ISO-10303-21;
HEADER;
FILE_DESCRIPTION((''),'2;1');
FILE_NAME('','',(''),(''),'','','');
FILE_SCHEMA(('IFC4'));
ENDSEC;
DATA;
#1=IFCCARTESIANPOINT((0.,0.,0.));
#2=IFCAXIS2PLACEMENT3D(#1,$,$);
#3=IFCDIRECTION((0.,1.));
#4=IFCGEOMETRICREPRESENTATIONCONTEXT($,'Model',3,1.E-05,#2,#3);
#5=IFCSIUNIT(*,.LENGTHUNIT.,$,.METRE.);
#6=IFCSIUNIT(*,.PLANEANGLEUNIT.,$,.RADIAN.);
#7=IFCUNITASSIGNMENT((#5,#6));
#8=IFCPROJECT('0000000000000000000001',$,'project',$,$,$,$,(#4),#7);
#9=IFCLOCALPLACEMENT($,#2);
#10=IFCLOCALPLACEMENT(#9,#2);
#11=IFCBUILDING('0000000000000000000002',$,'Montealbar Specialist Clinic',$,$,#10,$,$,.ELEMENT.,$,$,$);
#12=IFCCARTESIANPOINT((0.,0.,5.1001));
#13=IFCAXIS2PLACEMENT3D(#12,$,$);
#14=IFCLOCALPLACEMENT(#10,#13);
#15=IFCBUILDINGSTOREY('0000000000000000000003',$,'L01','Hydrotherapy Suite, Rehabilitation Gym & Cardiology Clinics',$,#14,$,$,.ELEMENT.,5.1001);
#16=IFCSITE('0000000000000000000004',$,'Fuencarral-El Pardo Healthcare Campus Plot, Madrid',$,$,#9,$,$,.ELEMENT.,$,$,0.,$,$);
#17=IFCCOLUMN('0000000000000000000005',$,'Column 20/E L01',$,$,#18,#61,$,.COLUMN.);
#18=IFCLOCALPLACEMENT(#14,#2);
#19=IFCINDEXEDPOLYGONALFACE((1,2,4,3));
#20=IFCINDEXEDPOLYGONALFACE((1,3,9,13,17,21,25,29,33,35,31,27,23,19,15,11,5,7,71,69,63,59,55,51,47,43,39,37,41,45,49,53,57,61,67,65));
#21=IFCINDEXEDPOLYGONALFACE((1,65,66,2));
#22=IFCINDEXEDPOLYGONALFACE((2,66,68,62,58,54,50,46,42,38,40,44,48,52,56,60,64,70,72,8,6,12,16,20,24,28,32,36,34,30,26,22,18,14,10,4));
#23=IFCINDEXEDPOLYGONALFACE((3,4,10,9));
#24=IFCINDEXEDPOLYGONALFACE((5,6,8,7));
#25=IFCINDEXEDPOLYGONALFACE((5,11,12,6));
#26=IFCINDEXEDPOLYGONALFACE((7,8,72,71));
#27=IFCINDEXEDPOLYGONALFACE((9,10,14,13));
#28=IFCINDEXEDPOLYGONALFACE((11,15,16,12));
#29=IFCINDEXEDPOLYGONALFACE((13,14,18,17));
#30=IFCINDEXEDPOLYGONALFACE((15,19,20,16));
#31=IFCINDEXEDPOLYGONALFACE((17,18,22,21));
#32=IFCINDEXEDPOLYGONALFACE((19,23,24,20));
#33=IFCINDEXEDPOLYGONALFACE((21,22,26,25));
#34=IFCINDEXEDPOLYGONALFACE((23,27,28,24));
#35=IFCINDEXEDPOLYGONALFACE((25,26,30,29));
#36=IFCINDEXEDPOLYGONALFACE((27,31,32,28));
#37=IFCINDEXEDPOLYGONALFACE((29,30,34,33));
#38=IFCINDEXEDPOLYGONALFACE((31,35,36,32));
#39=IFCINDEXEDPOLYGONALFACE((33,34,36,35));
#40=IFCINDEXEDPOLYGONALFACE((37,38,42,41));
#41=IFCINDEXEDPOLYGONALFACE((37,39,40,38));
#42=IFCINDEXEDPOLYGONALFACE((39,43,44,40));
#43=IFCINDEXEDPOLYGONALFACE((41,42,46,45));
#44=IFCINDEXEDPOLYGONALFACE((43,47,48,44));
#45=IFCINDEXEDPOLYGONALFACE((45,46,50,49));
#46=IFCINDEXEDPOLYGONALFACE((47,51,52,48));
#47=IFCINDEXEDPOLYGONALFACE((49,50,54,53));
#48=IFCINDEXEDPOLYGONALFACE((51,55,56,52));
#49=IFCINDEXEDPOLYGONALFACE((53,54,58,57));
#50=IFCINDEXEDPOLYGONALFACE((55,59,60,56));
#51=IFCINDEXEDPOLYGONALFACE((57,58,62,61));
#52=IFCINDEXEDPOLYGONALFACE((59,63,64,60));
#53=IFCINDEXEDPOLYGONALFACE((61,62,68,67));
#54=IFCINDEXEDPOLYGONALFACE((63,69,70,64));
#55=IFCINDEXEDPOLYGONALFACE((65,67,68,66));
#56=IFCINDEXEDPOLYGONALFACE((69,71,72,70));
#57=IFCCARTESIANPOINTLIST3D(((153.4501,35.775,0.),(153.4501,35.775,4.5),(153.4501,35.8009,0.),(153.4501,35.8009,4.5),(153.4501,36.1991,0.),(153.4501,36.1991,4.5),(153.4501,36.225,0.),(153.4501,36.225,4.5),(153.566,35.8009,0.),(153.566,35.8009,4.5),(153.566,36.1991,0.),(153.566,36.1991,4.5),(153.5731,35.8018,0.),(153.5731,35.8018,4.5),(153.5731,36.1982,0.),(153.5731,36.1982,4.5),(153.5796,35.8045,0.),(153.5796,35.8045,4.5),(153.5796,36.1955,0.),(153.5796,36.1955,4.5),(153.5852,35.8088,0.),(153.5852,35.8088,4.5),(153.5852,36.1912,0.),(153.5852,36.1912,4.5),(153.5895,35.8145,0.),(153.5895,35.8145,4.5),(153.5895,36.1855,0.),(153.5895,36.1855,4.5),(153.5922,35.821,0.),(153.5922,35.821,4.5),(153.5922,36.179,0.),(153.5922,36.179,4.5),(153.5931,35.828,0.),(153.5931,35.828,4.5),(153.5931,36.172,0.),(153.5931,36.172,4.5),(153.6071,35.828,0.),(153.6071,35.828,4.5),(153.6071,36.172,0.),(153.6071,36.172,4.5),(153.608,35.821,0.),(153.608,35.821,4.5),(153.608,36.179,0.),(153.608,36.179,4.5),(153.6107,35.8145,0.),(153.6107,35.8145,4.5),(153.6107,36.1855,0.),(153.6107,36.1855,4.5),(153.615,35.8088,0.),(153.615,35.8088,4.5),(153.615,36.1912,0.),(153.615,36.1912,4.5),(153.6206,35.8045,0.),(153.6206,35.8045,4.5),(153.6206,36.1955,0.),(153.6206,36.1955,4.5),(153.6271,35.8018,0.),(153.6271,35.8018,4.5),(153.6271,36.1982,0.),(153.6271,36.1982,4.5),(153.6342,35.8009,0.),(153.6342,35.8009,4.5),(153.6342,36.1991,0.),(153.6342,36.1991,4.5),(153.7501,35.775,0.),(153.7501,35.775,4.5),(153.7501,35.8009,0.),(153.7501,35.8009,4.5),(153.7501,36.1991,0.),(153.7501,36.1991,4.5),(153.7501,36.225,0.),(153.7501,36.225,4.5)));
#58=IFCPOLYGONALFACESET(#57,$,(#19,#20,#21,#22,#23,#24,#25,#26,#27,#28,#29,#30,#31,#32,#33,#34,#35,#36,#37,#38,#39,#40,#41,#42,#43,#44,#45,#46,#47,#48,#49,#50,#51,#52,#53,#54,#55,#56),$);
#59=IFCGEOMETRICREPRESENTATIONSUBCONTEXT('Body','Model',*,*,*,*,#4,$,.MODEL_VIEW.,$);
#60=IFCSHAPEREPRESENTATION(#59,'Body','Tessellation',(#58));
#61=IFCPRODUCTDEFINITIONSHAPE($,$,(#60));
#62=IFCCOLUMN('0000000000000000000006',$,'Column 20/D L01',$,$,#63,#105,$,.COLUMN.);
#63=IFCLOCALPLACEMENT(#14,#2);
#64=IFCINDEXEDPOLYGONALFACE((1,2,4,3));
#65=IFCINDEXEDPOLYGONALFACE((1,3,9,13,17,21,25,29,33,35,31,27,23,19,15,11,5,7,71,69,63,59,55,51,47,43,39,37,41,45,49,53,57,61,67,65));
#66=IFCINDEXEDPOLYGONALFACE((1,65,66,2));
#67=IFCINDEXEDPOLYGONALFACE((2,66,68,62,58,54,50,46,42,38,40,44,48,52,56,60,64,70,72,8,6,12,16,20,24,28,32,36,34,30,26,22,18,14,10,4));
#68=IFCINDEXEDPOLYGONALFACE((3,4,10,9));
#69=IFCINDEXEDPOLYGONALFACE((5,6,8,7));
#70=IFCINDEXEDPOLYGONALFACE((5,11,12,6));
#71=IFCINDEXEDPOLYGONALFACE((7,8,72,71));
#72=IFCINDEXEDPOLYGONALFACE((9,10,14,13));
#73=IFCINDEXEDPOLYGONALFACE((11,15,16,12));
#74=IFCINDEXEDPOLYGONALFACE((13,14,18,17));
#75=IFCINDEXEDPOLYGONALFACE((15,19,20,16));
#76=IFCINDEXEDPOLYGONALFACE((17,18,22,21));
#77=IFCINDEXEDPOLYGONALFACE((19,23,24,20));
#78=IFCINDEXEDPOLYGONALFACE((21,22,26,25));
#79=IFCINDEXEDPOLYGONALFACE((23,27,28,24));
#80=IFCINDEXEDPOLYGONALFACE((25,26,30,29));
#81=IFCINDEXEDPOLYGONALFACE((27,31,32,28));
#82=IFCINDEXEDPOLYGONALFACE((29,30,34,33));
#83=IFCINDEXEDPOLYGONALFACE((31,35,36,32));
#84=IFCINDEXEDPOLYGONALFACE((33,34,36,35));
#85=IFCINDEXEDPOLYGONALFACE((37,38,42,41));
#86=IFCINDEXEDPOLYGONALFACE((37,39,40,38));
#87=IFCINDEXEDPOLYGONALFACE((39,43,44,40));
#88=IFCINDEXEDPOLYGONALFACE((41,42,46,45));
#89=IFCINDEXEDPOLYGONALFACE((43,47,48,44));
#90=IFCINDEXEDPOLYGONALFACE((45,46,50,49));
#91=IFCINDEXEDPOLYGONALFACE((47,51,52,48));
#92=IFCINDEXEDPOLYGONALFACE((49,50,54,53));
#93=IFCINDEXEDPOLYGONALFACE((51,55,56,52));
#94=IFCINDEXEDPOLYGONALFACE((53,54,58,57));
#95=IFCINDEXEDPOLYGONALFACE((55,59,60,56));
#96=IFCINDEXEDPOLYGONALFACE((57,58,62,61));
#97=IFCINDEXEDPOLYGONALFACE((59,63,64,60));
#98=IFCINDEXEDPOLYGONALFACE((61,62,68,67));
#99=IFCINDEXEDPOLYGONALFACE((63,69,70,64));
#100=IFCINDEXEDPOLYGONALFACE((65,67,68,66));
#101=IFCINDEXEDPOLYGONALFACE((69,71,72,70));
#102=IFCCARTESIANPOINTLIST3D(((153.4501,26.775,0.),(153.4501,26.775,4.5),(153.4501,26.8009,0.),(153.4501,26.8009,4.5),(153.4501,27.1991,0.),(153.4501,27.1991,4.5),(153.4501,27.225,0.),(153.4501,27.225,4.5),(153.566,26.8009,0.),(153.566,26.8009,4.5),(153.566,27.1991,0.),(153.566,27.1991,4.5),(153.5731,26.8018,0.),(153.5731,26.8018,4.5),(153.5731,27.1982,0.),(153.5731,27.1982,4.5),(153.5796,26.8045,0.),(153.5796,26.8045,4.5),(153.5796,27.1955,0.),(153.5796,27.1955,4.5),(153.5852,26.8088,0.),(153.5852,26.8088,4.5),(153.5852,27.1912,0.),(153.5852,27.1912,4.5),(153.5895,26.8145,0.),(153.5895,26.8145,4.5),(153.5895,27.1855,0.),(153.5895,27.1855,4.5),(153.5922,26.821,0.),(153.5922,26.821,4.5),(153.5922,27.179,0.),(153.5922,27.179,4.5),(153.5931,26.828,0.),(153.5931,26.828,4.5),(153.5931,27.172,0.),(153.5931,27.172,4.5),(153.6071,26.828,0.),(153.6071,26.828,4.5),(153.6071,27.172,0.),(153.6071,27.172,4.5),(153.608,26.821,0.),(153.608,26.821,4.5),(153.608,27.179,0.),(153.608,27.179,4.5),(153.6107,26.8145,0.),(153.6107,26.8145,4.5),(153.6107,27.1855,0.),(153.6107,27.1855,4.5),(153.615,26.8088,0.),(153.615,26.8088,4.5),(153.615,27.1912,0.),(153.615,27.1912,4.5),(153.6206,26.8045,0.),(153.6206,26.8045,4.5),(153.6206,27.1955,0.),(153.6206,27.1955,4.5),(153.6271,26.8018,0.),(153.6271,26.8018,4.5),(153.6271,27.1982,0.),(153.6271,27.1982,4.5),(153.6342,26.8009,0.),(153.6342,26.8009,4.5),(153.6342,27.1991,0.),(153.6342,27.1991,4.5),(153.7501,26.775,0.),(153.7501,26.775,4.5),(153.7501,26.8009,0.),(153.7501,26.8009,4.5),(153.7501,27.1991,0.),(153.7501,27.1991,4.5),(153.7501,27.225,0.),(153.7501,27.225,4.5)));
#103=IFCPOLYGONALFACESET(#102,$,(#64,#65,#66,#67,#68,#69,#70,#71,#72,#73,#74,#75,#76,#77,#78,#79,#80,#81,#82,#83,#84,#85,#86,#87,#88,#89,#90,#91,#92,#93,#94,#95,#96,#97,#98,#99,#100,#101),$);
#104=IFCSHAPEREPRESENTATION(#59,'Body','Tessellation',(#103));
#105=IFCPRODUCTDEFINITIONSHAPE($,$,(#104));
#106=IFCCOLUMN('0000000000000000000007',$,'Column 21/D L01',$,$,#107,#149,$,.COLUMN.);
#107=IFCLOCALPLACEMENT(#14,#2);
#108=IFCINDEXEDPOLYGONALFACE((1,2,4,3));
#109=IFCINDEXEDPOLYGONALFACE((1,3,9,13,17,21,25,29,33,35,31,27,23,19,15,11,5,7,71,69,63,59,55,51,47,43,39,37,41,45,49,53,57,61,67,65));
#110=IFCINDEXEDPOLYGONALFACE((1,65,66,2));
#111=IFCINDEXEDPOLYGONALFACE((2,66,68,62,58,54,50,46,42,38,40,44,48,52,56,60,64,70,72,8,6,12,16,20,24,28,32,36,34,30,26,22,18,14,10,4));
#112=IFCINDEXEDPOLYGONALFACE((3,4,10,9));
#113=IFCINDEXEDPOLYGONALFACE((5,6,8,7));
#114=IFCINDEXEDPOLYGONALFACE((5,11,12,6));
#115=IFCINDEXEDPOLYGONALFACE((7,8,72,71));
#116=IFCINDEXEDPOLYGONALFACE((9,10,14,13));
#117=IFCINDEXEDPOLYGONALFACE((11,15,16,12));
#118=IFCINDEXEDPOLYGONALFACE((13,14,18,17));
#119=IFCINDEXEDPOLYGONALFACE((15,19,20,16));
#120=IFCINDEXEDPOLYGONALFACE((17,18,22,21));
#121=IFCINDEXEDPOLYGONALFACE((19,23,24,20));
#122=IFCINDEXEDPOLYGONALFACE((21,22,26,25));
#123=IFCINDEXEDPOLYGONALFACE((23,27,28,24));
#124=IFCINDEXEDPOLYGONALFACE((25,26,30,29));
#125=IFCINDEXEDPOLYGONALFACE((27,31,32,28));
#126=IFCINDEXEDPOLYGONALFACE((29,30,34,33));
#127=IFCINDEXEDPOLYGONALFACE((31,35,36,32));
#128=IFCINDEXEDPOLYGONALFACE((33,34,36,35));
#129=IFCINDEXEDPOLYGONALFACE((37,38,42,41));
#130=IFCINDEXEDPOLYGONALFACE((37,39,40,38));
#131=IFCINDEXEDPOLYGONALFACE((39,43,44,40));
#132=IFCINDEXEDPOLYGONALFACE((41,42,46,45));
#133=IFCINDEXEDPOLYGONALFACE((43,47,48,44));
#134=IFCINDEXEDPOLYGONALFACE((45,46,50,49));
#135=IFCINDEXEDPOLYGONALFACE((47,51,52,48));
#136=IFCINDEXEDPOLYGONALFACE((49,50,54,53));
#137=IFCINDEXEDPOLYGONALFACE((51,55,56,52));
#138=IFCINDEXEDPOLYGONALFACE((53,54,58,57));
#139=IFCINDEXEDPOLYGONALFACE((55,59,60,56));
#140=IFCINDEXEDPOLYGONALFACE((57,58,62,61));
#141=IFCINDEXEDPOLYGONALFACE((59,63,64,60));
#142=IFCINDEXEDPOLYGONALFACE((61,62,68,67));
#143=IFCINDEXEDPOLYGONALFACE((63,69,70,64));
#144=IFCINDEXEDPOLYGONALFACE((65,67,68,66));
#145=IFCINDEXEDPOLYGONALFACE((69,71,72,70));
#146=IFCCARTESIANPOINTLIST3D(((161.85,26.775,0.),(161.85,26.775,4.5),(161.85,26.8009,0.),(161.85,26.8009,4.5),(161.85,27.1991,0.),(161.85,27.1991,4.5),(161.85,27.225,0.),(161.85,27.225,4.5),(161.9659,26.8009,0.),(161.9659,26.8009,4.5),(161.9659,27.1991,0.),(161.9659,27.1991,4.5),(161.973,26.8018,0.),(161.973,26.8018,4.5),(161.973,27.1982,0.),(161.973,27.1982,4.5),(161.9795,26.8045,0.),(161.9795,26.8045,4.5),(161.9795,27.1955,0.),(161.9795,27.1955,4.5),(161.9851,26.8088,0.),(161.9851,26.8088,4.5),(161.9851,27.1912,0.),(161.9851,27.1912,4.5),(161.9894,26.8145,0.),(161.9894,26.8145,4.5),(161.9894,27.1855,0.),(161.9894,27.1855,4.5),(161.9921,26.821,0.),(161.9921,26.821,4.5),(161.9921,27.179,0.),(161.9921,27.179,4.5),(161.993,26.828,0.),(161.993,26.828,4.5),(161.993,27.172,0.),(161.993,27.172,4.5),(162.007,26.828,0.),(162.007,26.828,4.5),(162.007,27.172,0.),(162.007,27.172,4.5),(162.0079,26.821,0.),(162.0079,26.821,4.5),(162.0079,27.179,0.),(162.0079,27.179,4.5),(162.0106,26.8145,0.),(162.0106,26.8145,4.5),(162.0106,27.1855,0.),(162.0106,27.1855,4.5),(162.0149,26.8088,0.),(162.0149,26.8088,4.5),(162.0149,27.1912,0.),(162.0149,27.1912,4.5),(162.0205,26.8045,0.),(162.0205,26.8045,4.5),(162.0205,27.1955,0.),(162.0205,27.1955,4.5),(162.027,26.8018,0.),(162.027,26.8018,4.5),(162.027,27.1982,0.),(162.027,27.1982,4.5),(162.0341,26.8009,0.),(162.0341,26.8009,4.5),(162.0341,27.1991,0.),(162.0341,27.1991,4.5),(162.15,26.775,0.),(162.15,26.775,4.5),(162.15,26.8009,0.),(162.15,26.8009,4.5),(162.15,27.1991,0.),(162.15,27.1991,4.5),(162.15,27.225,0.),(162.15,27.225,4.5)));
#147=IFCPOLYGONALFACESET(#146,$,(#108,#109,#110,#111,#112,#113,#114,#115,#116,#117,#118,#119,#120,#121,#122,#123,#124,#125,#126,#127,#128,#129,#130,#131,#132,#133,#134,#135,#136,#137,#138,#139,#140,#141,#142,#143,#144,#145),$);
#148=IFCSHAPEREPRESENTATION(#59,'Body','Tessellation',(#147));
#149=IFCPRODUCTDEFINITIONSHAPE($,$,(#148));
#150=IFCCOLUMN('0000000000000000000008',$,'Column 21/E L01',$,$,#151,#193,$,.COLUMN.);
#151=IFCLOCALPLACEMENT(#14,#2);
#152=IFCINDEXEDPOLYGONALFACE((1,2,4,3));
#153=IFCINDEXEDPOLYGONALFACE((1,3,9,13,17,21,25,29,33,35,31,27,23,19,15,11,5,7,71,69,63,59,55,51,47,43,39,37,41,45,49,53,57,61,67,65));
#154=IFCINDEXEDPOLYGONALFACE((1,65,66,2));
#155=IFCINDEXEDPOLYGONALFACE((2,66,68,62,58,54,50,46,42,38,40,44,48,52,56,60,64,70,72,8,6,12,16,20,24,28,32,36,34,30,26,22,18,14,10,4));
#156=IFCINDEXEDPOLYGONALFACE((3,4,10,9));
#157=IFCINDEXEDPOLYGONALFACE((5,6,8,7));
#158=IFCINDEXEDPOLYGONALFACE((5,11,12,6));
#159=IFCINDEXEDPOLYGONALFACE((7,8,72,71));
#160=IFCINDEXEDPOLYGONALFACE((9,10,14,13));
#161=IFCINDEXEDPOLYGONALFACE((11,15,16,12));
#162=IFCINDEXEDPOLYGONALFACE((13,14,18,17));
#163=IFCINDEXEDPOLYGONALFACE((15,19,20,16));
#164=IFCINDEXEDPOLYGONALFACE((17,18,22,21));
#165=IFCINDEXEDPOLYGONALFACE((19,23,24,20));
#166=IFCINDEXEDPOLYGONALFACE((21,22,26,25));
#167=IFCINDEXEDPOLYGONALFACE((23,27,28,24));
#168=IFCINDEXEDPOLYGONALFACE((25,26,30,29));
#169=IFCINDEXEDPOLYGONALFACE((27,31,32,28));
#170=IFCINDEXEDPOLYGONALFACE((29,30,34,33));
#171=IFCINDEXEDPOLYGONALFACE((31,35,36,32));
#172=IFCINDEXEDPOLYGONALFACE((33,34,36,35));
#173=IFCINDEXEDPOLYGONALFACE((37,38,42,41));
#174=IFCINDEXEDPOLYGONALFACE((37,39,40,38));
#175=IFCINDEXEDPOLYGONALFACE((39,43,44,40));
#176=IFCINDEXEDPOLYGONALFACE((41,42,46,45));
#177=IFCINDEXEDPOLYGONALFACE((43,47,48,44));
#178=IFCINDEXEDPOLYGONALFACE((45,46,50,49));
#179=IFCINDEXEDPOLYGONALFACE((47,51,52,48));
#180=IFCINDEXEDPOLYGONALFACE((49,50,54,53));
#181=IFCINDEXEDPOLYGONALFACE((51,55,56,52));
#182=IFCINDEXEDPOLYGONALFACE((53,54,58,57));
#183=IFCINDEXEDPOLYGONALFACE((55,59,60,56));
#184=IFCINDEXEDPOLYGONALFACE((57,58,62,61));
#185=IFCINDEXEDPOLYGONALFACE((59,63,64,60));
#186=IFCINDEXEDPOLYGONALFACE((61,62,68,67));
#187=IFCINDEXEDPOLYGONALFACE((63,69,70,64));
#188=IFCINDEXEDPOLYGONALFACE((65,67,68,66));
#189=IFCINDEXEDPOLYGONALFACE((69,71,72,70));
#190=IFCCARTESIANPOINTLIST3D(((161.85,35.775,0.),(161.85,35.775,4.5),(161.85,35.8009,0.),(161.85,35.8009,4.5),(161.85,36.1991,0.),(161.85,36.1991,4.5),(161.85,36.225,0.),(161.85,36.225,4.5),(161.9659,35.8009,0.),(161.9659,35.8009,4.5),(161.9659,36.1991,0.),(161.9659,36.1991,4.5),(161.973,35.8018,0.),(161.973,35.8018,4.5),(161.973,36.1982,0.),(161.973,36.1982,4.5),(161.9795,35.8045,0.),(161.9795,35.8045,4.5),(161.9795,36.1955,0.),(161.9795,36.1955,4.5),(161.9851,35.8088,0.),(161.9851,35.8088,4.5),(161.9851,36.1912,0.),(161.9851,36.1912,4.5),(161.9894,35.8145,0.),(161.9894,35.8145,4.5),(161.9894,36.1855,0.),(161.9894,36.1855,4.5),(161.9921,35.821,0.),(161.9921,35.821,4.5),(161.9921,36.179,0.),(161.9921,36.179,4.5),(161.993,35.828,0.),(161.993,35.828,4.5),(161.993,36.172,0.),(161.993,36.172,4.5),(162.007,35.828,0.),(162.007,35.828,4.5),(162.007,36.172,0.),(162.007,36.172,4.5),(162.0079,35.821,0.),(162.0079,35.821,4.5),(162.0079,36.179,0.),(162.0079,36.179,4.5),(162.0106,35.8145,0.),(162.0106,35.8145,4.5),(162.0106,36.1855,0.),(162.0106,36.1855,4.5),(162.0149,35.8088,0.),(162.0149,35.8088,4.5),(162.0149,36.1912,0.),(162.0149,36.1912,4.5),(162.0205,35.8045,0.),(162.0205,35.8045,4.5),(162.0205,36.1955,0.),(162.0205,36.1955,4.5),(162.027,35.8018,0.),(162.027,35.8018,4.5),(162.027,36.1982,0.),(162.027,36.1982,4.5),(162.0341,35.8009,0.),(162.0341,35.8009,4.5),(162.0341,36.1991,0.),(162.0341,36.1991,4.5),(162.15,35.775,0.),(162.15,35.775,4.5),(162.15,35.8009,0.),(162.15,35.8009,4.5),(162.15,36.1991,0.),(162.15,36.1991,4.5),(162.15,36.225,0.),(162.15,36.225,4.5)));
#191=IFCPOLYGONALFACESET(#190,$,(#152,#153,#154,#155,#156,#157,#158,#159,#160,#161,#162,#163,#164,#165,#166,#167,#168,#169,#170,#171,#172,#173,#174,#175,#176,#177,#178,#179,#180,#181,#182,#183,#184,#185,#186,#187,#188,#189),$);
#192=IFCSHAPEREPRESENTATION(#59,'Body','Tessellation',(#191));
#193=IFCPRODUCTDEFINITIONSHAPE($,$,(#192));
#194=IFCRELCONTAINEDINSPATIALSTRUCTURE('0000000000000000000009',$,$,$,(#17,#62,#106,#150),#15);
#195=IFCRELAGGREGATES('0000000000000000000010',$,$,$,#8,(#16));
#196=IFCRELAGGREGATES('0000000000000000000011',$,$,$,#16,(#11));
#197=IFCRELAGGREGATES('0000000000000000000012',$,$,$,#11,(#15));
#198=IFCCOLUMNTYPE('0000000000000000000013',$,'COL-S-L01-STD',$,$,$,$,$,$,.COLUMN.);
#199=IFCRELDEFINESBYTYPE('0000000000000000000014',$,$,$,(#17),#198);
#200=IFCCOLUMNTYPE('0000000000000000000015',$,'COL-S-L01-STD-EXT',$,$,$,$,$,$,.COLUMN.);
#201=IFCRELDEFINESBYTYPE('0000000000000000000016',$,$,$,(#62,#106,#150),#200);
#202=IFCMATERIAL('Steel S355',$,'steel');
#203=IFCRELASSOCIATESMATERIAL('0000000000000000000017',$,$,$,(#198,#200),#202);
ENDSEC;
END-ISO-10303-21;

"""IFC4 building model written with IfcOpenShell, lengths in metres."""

from ifc_helpers import new_model, si_unit, direction, frame, origin, origin_2d, place, context, subcontext, project, spatial, i_section, extrude, material, material_profile, profile_set, type_object, element, save


model = new_model("IFC4")

# Units and contexts
model_context = context("Model", 3, precision=1e-05, world=origin(), true_north=direction((0.0, 1.0)))
body_context = subcontext(model_context, "Body", "Model", "MODEL_VIEW")
ifc_project = project(units=[si_unit("LENGTHUNIT", "METRE"), si_unit("PLANEANGLEUNIT", "RADIAN")], contexts=[model_context])

# Site, building, storey
site_placement = place(None, origin())
site = spatial("IfcSite", under=ifc_project, at=site_placement, Name="Fuencarral-El Pardo Healthcare Campus Plot, Madrid", CompositionType="ELEMENT", RefElevation=0.0)
building_placement = place(site_placement, origin())
building = spatial("IfcBuilding", under=site, at=building_placement, Name="Montealbar Specialist Clinic", CompositionType="ELEMENT")
storey_placement = place(building_placement, frame((0.0, 0.0, 5.1001)))
storey = spatial("IfcBuildingStorey", under=building, at=storey_placement, Name="L01", Description="Hydrotherapy Suite, Rehabilitation Gym & Cardiology Clinics", CompositionType="ELEMENT", Elevation=5.1001)

# Columns
ifc_material_1 = material(Name="Steel S355", Category="steel")
ifc_material_profile_1 = material_profile(ifc_material_1, i_section(OverallWidth=0.3, OverallDepth=0.45, WebThickness=0.0139, FlangeThickness=0.0259, FilletRadius=0.0271, at=origin_2d()), Name="HEB 450", Category="steel")
ifc_profile_set_1 = profile_set([ifc_material_profile_1], Name="Steel S355")
column_type_1 = type_object("IfcColumnType", Name="COL-S-L01-STD", PredefinedType="COLUMN", material=ifc_profile_set_1)
column_placement = place(storey_placement, frame((153.6001, 36.0, 0.0), z_axis=(0.0, 0.0, 1.0), x_axis=(1.0, 0.0, 0.0)))
element("IfcColumn", 1, at=column_placement, inside=storey, type_object=column_type_1, Name="Column 20/E L01", PredefinedType="COLUMN", context=body_context, shape_type="SweptSolid", body=[
    extrude(i_section(OverallWidth=0.3, OverallDepth=0.45, WebThickness=0.0139, FlangeThickness=0.0259, FilletRadius=0.0271, at=origin_2d()), origin(), (0.0, 0.0, 1.0), 4.5),
])
ifc_material_profile_2 = material_profile(ifc_material_1, i_section(OverallWidth=0.3, OverallDepth=0.45, WebThickness=0.0139, FlangeThickness=0.0259, FilletRadius=0.0271, at=origin_2d()), Name="HEB 450", Category="steel")
ifc_profile_set_2 = profile_set([ifc_material_profile_2], Name="Steel S355")
column_type_2 = type_object("IfcColumnType", Name="COL-S-L01-STD-EXT", PredefinedType="COLUMN", material=ifc_profile_set_2)
for number, where, z_axis, x_axis, name in (
    (2, (153.6001, 27.0, 0.0), (0.0, 0.0, 1.0), (1.0, 0.0, 0.0), "Column 20/D L01"),
    (3, (162.0, 27.0, 0.0), (0.0, 0.0, 1.0), (1.0, 0.0, 0.0), "Column 21/D L01"),
    (4, (162.0, 36.0, 0.0), (0.0, 0.0, 1.0), (1.0, 0.0, 0.0), "Column 21/E L01"),
):
    element("IfcColumn", number, at=place(storey_placement, frame(where, z_axis=z_axis, x_axis=x_axis)), inside=storey, type_object=column_type_2, Name=name, PredefinedType="COLUMN", context=body_context, shape_type="SweptSolid", body=[
        extrude(i_section(OverallWidth=0.3, OverallDepth=0.45, WebThickness=0.0139, FlangeThickness=0.0259, FilletRadius=0.0271, at=origin_2d()), origin(), (0.0, 0.0, 1.0), 4.5),
    ])

save(model, "model.ifc")
